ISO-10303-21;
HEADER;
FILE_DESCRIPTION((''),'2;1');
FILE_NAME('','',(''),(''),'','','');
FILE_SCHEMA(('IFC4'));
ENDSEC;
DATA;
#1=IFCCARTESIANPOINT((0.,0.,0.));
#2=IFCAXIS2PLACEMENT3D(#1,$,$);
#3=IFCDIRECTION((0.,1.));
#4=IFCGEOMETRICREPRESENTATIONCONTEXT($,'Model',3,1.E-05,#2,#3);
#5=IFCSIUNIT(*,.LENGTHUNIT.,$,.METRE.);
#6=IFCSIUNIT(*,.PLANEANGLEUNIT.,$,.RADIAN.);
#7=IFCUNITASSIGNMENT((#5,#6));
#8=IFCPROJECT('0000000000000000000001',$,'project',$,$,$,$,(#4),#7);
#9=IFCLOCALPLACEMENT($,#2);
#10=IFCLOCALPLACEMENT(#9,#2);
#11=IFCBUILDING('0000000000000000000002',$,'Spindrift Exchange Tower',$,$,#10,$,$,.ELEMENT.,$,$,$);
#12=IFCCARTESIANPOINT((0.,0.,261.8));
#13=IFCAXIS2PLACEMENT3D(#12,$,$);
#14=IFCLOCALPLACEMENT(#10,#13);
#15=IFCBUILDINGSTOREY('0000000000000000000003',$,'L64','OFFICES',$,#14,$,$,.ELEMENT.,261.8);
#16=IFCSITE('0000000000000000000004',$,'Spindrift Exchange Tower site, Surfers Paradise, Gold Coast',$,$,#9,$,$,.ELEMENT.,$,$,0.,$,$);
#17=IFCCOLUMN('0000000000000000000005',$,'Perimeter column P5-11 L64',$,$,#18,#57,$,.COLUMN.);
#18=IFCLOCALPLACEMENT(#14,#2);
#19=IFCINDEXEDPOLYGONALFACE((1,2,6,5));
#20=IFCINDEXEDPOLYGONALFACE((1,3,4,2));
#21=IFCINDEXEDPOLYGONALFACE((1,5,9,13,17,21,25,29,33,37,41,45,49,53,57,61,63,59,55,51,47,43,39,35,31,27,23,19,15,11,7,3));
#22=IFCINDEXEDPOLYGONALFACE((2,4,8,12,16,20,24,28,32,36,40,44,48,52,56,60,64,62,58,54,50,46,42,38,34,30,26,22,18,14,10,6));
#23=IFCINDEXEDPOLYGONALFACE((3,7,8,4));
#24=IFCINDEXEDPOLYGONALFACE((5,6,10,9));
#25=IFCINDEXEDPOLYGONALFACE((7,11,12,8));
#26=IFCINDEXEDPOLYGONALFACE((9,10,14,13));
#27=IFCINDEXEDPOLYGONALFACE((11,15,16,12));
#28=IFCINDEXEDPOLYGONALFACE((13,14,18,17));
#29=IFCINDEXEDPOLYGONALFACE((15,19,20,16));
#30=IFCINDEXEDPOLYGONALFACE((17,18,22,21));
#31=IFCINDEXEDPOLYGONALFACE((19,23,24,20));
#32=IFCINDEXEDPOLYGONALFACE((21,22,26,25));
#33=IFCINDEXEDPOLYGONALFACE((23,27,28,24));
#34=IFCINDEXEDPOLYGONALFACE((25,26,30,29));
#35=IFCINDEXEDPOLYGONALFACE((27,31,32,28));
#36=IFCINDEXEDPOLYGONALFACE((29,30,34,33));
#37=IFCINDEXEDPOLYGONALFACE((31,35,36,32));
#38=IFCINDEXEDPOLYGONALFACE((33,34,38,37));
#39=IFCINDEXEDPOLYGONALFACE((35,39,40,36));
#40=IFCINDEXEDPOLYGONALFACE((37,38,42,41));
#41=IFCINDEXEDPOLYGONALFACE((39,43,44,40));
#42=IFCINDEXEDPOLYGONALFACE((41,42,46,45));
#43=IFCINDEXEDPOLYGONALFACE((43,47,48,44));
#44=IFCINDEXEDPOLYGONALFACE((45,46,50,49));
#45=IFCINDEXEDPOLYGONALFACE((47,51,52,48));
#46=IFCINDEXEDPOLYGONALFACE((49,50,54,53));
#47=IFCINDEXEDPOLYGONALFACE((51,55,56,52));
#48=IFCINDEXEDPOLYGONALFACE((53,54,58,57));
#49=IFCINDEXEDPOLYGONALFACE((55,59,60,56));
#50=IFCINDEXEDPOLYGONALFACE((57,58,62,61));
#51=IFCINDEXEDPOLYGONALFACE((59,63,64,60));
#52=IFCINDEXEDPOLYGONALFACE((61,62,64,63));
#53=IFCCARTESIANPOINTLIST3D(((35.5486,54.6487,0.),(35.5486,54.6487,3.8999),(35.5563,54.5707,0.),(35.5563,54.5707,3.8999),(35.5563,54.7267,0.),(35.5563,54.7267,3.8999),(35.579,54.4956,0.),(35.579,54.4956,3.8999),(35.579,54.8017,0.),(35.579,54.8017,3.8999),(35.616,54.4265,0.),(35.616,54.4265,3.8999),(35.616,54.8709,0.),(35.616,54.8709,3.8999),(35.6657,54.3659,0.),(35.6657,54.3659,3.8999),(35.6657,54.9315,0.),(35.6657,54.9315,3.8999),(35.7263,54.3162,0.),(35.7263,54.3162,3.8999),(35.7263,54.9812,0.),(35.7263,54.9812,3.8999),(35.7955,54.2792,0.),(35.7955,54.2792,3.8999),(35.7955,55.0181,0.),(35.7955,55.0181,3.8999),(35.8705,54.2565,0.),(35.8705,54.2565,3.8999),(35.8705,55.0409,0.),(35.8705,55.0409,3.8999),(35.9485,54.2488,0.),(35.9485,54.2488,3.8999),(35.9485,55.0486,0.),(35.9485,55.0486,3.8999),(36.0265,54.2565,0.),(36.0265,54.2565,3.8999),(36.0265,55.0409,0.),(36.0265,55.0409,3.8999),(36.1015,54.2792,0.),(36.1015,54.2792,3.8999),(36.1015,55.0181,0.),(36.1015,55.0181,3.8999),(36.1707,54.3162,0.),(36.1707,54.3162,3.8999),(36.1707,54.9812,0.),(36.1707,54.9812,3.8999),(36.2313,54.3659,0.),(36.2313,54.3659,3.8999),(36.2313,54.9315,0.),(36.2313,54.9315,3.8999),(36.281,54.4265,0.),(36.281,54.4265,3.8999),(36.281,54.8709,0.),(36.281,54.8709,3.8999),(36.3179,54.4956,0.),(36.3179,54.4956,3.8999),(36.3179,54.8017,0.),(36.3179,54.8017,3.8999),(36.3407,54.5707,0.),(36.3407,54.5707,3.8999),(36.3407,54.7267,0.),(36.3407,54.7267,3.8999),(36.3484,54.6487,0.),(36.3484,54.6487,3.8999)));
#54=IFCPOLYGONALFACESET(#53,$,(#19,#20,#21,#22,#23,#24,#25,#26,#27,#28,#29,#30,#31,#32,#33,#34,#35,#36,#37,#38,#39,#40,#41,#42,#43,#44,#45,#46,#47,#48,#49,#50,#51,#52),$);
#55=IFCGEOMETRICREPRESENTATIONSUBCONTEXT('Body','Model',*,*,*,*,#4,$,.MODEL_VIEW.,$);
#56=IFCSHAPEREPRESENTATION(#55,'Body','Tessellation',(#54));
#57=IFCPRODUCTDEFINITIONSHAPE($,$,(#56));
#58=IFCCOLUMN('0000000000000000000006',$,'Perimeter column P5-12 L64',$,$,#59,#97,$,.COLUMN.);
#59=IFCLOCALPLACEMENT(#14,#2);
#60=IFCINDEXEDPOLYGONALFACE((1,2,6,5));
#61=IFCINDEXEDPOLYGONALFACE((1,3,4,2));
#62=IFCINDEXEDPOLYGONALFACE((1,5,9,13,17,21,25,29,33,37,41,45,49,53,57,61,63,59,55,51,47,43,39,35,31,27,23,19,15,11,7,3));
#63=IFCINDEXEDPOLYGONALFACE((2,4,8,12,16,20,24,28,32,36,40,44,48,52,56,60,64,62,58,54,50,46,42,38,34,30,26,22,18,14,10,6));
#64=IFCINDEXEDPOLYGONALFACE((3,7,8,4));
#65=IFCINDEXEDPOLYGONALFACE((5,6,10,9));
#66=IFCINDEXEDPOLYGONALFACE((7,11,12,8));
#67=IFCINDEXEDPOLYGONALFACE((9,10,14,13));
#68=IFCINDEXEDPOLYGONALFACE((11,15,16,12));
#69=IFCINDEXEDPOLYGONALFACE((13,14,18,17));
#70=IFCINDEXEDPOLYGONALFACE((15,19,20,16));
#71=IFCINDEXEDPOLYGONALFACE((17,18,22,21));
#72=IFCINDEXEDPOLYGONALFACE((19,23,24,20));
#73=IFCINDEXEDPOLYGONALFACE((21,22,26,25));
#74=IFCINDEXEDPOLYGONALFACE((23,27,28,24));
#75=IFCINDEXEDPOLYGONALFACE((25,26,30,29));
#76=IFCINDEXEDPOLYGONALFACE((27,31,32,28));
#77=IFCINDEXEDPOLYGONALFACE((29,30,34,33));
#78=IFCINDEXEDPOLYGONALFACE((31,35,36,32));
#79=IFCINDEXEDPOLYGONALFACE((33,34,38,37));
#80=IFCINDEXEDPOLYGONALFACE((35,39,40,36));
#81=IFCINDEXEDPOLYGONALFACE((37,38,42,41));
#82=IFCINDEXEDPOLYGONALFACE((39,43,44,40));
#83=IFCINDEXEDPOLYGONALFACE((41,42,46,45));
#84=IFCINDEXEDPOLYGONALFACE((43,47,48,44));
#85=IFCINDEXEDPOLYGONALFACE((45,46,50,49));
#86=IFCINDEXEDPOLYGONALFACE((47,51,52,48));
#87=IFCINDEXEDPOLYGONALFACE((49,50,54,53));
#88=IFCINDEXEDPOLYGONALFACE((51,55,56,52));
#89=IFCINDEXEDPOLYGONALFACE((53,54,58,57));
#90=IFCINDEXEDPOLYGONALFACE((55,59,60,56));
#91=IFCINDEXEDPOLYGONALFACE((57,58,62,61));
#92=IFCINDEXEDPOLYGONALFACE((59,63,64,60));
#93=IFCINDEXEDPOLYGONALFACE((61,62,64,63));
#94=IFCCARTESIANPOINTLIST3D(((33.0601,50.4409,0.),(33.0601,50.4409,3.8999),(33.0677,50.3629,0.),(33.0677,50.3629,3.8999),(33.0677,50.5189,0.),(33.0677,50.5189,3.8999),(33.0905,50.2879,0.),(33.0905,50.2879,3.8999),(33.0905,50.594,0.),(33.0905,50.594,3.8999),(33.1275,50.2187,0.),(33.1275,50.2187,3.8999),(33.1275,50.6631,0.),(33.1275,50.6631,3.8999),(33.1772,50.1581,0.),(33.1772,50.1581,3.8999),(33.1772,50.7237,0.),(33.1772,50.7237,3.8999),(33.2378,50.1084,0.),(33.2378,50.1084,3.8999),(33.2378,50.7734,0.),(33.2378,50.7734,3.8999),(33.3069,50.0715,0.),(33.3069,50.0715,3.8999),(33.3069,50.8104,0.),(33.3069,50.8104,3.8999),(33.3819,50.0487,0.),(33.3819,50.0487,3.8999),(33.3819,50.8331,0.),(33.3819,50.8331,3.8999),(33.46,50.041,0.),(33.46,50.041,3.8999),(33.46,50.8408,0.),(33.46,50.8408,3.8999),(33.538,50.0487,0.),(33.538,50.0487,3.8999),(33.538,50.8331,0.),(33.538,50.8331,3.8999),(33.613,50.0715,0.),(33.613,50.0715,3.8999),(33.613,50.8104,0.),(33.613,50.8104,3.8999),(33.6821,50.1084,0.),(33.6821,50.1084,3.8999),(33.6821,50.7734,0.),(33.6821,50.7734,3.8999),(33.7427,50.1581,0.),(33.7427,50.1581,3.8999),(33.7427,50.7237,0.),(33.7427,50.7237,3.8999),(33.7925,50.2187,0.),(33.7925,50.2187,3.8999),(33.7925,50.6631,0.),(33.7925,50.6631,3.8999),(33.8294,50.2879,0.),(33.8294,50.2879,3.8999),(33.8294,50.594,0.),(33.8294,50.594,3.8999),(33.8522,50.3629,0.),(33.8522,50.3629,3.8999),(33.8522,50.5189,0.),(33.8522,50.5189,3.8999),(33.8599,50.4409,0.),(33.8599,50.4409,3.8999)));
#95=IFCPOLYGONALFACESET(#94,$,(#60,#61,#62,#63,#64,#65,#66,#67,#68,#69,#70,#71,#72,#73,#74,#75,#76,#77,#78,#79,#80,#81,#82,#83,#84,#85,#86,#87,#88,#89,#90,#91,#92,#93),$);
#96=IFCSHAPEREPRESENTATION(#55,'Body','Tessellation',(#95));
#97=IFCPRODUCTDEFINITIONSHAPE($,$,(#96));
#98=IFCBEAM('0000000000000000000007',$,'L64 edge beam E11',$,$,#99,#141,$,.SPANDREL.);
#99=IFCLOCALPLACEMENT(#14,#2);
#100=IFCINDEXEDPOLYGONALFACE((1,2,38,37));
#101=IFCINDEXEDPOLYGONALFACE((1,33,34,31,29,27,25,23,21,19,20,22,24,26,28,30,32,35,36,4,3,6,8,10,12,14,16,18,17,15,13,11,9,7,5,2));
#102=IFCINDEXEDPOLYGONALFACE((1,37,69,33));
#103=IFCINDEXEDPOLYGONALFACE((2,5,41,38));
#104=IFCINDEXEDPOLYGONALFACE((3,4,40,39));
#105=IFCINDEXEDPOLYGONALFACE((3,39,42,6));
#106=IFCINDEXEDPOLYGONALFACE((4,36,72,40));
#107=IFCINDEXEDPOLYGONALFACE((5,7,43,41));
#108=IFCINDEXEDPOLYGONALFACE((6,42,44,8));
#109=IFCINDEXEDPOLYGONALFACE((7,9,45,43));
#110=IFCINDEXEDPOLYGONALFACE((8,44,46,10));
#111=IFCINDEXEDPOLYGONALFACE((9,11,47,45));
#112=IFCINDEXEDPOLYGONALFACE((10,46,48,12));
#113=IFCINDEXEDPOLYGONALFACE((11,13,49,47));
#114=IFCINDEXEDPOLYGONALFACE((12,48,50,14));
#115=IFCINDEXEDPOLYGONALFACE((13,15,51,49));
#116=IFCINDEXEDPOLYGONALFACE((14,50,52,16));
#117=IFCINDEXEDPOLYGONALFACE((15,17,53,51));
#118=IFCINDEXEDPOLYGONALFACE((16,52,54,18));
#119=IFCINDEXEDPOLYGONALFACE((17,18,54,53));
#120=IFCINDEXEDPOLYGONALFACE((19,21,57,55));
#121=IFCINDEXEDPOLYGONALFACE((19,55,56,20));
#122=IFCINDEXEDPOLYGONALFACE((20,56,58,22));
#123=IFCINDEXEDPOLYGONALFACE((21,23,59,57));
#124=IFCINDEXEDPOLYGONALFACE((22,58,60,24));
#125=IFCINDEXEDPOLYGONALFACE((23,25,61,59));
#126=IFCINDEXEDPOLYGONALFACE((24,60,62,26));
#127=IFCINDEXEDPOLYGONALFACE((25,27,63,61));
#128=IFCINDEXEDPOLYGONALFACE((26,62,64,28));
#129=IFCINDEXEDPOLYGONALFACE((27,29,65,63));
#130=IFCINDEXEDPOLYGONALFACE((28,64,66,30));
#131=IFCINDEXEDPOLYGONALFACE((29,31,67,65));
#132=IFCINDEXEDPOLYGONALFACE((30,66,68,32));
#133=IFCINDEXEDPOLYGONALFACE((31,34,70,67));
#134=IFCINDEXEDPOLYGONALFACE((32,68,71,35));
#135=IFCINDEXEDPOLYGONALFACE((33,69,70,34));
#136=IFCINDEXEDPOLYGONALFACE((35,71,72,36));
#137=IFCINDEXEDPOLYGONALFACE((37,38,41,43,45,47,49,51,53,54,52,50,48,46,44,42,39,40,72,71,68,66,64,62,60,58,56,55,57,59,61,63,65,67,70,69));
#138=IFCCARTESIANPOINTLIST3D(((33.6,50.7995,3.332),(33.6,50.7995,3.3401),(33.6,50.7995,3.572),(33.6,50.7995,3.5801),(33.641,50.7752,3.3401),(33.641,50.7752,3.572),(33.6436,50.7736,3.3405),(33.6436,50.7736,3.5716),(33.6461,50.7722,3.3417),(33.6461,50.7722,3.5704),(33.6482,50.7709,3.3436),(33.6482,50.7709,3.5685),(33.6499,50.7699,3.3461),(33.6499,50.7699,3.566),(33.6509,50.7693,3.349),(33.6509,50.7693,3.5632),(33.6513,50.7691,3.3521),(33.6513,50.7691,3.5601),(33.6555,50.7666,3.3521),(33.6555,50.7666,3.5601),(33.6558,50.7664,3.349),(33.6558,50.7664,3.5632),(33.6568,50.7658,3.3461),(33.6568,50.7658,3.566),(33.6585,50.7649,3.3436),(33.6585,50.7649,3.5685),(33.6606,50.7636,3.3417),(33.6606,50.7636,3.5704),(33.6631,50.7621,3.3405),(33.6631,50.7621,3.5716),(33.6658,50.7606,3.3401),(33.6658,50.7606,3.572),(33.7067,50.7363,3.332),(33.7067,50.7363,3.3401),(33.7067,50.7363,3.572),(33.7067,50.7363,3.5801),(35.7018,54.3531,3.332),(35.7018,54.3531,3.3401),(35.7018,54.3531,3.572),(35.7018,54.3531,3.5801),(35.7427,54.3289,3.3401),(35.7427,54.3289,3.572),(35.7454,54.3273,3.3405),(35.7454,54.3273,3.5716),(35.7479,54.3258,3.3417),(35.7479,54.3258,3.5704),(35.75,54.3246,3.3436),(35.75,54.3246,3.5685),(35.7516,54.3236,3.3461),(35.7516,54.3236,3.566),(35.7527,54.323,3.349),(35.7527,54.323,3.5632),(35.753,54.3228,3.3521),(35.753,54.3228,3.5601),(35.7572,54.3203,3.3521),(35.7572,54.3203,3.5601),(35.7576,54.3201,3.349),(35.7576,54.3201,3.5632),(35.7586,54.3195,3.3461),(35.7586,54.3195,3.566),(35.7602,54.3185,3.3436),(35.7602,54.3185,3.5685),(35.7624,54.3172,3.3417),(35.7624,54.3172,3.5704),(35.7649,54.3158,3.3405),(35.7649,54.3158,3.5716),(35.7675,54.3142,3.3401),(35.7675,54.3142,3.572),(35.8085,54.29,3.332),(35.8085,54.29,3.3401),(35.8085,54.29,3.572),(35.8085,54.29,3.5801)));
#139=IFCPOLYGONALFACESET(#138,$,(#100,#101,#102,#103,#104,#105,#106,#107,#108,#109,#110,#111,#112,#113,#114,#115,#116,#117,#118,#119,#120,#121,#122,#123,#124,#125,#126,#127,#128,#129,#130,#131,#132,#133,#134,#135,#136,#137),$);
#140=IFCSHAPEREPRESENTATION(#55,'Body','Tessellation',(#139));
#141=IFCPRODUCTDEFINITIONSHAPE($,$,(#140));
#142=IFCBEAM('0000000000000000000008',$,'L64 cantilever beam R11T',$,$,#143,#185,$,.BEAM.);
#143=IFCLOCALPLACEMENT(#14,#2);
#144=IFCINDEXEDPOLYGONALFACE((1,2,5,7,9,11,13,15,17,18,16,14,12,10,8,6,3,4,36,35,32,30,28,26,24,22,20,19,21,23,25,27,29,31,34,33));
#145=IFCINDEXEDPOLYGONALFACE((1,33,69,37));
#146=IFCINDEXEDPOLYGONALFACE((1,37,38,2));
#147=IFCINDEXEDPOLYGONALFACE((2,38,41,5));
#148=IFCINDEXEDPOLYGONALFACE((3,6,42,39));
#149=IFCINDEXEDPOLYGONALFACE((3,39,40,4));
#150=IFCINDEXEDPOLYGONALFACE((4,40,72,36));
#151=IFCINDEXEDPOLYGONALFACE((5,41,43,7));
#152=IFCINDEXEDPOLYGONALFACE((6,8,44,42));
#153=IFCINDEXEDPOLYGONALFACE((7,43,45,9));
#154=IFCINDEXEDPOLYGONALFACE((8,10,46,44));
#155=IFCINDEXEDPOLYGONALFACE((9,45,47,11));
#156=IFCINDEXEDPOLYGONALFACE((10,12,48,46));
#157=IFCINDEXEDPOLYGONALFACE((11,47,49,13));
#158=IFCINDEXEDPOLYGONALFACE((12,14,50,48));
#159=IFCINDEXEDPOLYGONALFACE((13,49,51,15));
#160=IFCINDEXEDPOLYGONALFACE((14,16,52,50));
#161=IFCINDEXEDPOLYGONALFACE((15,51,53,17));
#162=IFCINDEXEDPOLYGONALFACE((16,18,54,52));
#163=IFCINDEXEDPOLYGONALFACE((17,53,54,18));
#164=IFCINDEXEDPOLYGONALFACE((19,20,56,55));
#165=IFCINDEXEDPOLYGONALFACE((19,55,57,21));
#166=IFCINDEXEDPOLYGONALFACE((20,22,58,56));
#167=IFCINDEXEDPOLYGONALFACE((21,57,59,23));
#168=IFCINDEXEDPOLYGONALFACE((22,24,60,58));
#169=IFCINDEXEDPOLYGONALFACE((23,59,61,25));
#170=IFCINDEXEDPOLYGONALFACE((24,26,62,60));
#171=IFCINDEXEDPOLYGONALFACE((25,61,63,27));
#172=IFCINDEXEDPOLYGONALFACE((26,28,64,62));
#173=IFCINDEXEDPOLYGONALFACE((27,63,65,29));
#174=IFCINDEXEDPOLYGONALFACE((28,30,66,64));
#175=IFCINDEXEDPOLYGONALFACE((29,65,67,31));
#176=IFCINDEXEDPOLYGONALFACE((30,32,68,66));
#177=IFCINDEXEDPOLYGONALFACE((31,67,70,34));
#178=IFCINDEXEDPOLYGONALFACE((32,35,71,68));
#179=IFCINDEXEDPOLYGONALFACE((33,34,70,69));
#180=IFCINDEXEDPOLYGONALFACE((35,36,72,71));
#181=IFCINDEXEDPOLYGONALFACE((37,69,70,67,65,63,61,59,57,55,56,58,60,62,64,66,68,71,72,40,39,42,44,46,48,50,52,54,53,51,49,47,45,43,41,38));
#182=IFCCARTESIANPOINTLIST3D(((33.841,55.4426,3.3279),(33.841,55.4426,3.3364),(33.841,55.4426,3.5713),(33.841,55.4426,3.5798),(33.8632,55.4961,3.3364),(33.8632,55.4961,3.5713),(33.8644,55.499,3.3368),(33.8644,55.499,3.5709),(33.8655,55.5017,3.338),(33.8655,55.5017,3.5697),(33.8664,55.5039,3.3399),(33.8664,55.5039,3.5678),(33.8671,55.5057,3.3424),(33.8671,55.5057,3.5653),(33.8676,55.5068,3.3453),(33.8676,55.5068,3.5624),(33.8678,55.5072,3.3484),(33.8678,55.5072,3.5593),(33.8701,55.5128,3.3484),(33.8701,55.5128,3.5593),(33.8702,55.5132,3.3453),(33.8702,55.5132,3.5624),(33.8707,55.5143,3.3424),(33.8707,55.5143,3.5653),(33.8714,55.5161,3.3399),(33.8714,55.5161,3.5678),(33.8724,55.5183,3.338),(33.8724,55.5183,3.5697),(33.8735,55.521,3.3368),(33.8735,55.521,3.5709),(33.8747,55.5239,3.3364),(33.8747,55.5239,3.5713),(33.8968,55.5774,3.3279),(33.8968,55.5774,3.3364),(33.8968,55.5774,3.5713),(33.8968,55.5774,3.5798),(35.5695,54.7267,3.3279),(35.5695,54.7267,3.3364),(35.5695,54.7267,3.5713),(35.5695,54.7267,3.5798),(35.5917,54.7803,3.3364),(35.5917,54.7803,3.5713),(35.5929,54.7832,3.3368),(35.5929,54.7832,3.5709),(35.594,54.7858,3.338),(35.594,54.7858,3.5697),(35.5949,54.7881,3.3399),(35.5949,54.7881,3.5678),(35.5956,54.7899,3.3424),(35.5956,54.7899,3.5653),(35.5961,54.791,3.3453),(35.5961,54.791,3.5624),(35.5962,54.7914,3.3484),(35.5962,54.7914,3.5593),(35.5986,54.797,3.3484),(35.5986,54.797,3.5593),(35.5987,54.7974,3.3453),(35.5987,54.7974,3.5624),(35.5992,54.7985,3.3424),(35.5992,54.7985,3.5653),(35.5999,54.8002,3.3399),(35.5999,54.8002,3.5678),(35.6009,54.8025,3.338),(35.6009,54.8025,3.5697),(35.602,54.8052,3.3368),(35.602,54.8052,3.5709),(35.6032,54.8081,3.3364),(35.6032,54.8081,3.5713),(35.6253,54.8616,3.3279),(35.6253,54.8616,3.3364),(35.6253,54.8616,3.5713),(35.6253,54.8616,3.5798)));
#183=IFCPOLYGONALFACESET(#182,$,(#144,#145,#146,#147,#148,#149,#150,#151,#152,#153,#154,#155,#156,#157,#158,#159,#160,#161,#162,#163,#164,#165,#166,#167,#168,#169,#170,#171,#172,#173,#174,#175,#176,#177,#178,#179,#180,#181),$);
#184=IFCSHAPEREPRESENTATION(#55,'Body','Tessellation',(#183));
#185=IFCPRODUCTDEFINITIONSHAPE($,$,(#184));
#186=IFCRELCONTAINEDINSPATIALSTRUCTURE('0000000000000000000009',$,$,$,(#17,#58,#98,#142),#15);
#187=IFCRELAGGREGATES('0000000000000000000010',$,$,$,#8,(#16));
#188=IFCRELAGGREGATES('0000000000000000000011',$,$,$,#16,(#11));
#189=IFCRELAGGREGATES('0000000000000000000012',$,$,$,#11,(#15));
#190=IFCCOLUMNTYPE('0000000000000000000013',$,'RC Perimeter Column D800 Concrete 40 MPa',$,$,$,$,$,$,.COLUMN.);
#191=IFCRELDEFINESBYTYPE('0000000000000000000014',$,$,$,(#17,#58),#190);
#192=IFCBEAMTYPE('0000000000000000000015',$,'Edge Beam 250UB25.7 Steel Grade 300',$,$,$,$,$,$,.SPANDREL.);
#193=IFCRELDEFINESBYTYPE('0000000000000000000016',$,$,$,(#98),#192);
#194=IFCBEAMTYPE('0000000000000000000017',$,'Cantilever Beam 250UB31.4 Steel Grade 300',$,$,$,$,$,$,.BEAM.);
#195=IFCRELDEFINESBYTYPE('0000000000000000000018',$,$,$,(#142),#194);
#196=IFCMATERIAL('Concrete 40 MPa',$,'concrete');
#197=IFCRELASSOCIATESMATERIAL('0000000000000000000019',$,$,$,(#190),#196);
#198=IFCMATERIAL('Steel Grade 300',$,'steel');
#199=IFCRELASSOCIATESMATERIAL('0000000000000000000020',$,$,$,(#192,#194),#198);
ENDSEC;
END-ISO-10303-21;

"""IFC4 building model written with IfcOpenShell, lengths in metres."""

from ifc_helpers import new_model, si_unit, direction, frame, origin, origin_2d, place, context, subcontext, project, spatial, circle, i_section, extrude, source, transform, mapped, material, material_profile, profile_set, type_object, element, save


model = new_model("IFC4")

# Units and contexts
model_context = context("Model", 3, precision=1e-05, world=origin(), true_north=direction((0.0, 1.0)))
body_context = subcontext(model_context, "Body", "Model", "MODEL_VIEW")
ifc_project = project(units=[si_unit("LENGTHUNIT", "METRE"), si_unit("PLANEANGLEUNIT", "RADIAN")], contexts=[model_context])

# Site, building, storey
site_placement = place(None, origin())
site = spatial("IfcSite", under=ifc_project, at=site_placement, Name="Spindrift Exchange Tower site, Surfers Paradise, Gold Coast", CompositionType="ELEMENT", RefElevation=0.0)
building_placement = place(site_placement, origin())
building = spatial("IfcBuilding", under=site, at=building_placement, Name="Spindrift Exchange Tower", CompositionType="ELEMENT")
storey_placement = place(building_placement, frame((0.0, 0.0, 261.8)))
storey = spatial("IfcBuildingStorey", under=building, at=storey_placement, Name="L64", Description="OFFICES", CompositionType="ELEMENT", Elevation=261.8)

# Columns
ifc_material_1 = material(Name="Concrete 40 MPa", Category="concrete")
ifc_material_profile_1 = material_profile(ifc_material_1, circle(Radius=0.3999, at=origin_2d()), Name="RC D800")
ifc_profile_set_1 = profile_set([ifc_material_profile_1], Name="Concrete 40 MPa")
column_type = type_object("IfcColumnType", Name="RC Perimeter Column D800 Concrete 40 MPa", PredefinedType="COLUMN", material=ifc_profile_set_1)
shared_shape_1 = source(origin(), body_context, "Body", "SweptSolid", [
    extrude(circle(Radius=0.3999, at=origin_2d()), origin(), (0.0, 0.0, 1.0), 3.8999),
])
for number, where, z_axis, x_axis, name in (
    (1, (35.9485, 54.6487, 0.0), (0.0, 0.0, 1.0), (1.0, 0.0, 0.0), "Perimeter column P5-11 L64"),
    (2, (33.46, 50.4409, 0.0), (0.0, 0.0, 1.0), (1.0, 0.0, 0.0), "Perimeter column P5-12 L64"),
):
    element("IfcColumn", number, at=place(storey_placement, frame(where, z_axis=z_axis, x_axis=x_axis)), inside=storey, type_object=column_type, Name=name, PredefinedType="COLUMN", context=body_context, shape_type="MappedRepresentation", body=[
        mapped(shared_shape_1, transform((0.0, 0.0, 0.0), scale=1.0)),
    ])

# Beams
ifc_material_2 = material(Name="Steel Grade 300", Category="steel")
ifc_material_profile_2 = material_profile(ifc_material_2, i_section(OverallWidth=0.124, OverallDepth=0.248, WebThickness=0.0049, FlangeThickness=0.0081, FilletRadius=0.012, at=origin_2d()), Name="250UB25.7")
ifc_profile_set_2 = profile_set([ifc_material_profile_2], Name="Steel Grade 300")
beam_type_1 = type_object("IfcBeamType", Name="Edge Beam 250UB25.7 Steel Grade 300", PredefinedType="SPANDREL", material=ifc_profile_set_2)
shared_shape_2 = source(origin(), body_context, "Body", "SweptSolid", [
    extrude(i_section(OverallWidth=0.124, OverallDepth=0.248, WebThickness=0.0049, FlangeThickness=0.0081, FilletRadius=0.012, at=origin_2d()), origin(), (0.0, 0.0, 1.0), 4.1287),
])
beam_1_placement = place(storey_placement, frame((35.7551, 54.3215, 3.4561), z_axis=(-0.509068, -0.860726, 0.0), x_axis=(0.860726, -0.509068, 0.0)))
element("IfcBeam", 3, at=beam_1_placement, inside=storey, type_object=beam_type_1, Name="L64 edge beam E11", PredefinedType="SPANDREL", context=body_context, shape_type="MappedRepresentation", body=[
    mapped(shared_shape_2, transform((0.0, 0.0, 0.0), scale=1.0)),
])
ifc_material_profile_3 = material_profile(ifc_material_2, i_section(OverallWidth=0.146, OverallDepth=0.252, WebThickness=0.0061, FlangeThickness=0.0085, FilletRadius=0.012, at=origin_2d()), Name="250UB31.4")
ifc_profile_set_3 = profile_set([ifc_material_profile_3], Name="Steel Grade 300")
beam_type_2 = type_object("IfcBeamType", Name="Cantilever Beam 250UB31.4 Steel Grade 300", PredefinedType="BEAM", material=ifc_profile_set_3)
shared_shape_3 = source(origin(), body_context, "Body", "SweptSolid", [
    extrude(i_section(OverallWidth=0.146, OverallDepth=0.252, WebThickness=0.0061, FlangeThickness=0.0085, FilletRadius=0.012, at=origin_2d()), origin(), (0.0, 0.0, 1.0), 1.8708),
])
beam_2_placement = place(storey_placement, frame((35.5974, 54.7942, 3.4539), z_axis=(-0.923909, 0.382613, 0.0), x_axis=(-0.382613, -0.923909, 0.0)))
element("IfcBeam", 4, at=beam_2_placement, inside=storey, type_object=beam_type_2, Name="L64 cantilever beam R11T", PredefinedType="BEAM", context=body_context, shape_type="MappedRepresentation", body=[
    mapped(shared_shape_3, transform((0.0, 0.0, 0.0), scale=1.0)),
])

save(model, "model.ifc")
